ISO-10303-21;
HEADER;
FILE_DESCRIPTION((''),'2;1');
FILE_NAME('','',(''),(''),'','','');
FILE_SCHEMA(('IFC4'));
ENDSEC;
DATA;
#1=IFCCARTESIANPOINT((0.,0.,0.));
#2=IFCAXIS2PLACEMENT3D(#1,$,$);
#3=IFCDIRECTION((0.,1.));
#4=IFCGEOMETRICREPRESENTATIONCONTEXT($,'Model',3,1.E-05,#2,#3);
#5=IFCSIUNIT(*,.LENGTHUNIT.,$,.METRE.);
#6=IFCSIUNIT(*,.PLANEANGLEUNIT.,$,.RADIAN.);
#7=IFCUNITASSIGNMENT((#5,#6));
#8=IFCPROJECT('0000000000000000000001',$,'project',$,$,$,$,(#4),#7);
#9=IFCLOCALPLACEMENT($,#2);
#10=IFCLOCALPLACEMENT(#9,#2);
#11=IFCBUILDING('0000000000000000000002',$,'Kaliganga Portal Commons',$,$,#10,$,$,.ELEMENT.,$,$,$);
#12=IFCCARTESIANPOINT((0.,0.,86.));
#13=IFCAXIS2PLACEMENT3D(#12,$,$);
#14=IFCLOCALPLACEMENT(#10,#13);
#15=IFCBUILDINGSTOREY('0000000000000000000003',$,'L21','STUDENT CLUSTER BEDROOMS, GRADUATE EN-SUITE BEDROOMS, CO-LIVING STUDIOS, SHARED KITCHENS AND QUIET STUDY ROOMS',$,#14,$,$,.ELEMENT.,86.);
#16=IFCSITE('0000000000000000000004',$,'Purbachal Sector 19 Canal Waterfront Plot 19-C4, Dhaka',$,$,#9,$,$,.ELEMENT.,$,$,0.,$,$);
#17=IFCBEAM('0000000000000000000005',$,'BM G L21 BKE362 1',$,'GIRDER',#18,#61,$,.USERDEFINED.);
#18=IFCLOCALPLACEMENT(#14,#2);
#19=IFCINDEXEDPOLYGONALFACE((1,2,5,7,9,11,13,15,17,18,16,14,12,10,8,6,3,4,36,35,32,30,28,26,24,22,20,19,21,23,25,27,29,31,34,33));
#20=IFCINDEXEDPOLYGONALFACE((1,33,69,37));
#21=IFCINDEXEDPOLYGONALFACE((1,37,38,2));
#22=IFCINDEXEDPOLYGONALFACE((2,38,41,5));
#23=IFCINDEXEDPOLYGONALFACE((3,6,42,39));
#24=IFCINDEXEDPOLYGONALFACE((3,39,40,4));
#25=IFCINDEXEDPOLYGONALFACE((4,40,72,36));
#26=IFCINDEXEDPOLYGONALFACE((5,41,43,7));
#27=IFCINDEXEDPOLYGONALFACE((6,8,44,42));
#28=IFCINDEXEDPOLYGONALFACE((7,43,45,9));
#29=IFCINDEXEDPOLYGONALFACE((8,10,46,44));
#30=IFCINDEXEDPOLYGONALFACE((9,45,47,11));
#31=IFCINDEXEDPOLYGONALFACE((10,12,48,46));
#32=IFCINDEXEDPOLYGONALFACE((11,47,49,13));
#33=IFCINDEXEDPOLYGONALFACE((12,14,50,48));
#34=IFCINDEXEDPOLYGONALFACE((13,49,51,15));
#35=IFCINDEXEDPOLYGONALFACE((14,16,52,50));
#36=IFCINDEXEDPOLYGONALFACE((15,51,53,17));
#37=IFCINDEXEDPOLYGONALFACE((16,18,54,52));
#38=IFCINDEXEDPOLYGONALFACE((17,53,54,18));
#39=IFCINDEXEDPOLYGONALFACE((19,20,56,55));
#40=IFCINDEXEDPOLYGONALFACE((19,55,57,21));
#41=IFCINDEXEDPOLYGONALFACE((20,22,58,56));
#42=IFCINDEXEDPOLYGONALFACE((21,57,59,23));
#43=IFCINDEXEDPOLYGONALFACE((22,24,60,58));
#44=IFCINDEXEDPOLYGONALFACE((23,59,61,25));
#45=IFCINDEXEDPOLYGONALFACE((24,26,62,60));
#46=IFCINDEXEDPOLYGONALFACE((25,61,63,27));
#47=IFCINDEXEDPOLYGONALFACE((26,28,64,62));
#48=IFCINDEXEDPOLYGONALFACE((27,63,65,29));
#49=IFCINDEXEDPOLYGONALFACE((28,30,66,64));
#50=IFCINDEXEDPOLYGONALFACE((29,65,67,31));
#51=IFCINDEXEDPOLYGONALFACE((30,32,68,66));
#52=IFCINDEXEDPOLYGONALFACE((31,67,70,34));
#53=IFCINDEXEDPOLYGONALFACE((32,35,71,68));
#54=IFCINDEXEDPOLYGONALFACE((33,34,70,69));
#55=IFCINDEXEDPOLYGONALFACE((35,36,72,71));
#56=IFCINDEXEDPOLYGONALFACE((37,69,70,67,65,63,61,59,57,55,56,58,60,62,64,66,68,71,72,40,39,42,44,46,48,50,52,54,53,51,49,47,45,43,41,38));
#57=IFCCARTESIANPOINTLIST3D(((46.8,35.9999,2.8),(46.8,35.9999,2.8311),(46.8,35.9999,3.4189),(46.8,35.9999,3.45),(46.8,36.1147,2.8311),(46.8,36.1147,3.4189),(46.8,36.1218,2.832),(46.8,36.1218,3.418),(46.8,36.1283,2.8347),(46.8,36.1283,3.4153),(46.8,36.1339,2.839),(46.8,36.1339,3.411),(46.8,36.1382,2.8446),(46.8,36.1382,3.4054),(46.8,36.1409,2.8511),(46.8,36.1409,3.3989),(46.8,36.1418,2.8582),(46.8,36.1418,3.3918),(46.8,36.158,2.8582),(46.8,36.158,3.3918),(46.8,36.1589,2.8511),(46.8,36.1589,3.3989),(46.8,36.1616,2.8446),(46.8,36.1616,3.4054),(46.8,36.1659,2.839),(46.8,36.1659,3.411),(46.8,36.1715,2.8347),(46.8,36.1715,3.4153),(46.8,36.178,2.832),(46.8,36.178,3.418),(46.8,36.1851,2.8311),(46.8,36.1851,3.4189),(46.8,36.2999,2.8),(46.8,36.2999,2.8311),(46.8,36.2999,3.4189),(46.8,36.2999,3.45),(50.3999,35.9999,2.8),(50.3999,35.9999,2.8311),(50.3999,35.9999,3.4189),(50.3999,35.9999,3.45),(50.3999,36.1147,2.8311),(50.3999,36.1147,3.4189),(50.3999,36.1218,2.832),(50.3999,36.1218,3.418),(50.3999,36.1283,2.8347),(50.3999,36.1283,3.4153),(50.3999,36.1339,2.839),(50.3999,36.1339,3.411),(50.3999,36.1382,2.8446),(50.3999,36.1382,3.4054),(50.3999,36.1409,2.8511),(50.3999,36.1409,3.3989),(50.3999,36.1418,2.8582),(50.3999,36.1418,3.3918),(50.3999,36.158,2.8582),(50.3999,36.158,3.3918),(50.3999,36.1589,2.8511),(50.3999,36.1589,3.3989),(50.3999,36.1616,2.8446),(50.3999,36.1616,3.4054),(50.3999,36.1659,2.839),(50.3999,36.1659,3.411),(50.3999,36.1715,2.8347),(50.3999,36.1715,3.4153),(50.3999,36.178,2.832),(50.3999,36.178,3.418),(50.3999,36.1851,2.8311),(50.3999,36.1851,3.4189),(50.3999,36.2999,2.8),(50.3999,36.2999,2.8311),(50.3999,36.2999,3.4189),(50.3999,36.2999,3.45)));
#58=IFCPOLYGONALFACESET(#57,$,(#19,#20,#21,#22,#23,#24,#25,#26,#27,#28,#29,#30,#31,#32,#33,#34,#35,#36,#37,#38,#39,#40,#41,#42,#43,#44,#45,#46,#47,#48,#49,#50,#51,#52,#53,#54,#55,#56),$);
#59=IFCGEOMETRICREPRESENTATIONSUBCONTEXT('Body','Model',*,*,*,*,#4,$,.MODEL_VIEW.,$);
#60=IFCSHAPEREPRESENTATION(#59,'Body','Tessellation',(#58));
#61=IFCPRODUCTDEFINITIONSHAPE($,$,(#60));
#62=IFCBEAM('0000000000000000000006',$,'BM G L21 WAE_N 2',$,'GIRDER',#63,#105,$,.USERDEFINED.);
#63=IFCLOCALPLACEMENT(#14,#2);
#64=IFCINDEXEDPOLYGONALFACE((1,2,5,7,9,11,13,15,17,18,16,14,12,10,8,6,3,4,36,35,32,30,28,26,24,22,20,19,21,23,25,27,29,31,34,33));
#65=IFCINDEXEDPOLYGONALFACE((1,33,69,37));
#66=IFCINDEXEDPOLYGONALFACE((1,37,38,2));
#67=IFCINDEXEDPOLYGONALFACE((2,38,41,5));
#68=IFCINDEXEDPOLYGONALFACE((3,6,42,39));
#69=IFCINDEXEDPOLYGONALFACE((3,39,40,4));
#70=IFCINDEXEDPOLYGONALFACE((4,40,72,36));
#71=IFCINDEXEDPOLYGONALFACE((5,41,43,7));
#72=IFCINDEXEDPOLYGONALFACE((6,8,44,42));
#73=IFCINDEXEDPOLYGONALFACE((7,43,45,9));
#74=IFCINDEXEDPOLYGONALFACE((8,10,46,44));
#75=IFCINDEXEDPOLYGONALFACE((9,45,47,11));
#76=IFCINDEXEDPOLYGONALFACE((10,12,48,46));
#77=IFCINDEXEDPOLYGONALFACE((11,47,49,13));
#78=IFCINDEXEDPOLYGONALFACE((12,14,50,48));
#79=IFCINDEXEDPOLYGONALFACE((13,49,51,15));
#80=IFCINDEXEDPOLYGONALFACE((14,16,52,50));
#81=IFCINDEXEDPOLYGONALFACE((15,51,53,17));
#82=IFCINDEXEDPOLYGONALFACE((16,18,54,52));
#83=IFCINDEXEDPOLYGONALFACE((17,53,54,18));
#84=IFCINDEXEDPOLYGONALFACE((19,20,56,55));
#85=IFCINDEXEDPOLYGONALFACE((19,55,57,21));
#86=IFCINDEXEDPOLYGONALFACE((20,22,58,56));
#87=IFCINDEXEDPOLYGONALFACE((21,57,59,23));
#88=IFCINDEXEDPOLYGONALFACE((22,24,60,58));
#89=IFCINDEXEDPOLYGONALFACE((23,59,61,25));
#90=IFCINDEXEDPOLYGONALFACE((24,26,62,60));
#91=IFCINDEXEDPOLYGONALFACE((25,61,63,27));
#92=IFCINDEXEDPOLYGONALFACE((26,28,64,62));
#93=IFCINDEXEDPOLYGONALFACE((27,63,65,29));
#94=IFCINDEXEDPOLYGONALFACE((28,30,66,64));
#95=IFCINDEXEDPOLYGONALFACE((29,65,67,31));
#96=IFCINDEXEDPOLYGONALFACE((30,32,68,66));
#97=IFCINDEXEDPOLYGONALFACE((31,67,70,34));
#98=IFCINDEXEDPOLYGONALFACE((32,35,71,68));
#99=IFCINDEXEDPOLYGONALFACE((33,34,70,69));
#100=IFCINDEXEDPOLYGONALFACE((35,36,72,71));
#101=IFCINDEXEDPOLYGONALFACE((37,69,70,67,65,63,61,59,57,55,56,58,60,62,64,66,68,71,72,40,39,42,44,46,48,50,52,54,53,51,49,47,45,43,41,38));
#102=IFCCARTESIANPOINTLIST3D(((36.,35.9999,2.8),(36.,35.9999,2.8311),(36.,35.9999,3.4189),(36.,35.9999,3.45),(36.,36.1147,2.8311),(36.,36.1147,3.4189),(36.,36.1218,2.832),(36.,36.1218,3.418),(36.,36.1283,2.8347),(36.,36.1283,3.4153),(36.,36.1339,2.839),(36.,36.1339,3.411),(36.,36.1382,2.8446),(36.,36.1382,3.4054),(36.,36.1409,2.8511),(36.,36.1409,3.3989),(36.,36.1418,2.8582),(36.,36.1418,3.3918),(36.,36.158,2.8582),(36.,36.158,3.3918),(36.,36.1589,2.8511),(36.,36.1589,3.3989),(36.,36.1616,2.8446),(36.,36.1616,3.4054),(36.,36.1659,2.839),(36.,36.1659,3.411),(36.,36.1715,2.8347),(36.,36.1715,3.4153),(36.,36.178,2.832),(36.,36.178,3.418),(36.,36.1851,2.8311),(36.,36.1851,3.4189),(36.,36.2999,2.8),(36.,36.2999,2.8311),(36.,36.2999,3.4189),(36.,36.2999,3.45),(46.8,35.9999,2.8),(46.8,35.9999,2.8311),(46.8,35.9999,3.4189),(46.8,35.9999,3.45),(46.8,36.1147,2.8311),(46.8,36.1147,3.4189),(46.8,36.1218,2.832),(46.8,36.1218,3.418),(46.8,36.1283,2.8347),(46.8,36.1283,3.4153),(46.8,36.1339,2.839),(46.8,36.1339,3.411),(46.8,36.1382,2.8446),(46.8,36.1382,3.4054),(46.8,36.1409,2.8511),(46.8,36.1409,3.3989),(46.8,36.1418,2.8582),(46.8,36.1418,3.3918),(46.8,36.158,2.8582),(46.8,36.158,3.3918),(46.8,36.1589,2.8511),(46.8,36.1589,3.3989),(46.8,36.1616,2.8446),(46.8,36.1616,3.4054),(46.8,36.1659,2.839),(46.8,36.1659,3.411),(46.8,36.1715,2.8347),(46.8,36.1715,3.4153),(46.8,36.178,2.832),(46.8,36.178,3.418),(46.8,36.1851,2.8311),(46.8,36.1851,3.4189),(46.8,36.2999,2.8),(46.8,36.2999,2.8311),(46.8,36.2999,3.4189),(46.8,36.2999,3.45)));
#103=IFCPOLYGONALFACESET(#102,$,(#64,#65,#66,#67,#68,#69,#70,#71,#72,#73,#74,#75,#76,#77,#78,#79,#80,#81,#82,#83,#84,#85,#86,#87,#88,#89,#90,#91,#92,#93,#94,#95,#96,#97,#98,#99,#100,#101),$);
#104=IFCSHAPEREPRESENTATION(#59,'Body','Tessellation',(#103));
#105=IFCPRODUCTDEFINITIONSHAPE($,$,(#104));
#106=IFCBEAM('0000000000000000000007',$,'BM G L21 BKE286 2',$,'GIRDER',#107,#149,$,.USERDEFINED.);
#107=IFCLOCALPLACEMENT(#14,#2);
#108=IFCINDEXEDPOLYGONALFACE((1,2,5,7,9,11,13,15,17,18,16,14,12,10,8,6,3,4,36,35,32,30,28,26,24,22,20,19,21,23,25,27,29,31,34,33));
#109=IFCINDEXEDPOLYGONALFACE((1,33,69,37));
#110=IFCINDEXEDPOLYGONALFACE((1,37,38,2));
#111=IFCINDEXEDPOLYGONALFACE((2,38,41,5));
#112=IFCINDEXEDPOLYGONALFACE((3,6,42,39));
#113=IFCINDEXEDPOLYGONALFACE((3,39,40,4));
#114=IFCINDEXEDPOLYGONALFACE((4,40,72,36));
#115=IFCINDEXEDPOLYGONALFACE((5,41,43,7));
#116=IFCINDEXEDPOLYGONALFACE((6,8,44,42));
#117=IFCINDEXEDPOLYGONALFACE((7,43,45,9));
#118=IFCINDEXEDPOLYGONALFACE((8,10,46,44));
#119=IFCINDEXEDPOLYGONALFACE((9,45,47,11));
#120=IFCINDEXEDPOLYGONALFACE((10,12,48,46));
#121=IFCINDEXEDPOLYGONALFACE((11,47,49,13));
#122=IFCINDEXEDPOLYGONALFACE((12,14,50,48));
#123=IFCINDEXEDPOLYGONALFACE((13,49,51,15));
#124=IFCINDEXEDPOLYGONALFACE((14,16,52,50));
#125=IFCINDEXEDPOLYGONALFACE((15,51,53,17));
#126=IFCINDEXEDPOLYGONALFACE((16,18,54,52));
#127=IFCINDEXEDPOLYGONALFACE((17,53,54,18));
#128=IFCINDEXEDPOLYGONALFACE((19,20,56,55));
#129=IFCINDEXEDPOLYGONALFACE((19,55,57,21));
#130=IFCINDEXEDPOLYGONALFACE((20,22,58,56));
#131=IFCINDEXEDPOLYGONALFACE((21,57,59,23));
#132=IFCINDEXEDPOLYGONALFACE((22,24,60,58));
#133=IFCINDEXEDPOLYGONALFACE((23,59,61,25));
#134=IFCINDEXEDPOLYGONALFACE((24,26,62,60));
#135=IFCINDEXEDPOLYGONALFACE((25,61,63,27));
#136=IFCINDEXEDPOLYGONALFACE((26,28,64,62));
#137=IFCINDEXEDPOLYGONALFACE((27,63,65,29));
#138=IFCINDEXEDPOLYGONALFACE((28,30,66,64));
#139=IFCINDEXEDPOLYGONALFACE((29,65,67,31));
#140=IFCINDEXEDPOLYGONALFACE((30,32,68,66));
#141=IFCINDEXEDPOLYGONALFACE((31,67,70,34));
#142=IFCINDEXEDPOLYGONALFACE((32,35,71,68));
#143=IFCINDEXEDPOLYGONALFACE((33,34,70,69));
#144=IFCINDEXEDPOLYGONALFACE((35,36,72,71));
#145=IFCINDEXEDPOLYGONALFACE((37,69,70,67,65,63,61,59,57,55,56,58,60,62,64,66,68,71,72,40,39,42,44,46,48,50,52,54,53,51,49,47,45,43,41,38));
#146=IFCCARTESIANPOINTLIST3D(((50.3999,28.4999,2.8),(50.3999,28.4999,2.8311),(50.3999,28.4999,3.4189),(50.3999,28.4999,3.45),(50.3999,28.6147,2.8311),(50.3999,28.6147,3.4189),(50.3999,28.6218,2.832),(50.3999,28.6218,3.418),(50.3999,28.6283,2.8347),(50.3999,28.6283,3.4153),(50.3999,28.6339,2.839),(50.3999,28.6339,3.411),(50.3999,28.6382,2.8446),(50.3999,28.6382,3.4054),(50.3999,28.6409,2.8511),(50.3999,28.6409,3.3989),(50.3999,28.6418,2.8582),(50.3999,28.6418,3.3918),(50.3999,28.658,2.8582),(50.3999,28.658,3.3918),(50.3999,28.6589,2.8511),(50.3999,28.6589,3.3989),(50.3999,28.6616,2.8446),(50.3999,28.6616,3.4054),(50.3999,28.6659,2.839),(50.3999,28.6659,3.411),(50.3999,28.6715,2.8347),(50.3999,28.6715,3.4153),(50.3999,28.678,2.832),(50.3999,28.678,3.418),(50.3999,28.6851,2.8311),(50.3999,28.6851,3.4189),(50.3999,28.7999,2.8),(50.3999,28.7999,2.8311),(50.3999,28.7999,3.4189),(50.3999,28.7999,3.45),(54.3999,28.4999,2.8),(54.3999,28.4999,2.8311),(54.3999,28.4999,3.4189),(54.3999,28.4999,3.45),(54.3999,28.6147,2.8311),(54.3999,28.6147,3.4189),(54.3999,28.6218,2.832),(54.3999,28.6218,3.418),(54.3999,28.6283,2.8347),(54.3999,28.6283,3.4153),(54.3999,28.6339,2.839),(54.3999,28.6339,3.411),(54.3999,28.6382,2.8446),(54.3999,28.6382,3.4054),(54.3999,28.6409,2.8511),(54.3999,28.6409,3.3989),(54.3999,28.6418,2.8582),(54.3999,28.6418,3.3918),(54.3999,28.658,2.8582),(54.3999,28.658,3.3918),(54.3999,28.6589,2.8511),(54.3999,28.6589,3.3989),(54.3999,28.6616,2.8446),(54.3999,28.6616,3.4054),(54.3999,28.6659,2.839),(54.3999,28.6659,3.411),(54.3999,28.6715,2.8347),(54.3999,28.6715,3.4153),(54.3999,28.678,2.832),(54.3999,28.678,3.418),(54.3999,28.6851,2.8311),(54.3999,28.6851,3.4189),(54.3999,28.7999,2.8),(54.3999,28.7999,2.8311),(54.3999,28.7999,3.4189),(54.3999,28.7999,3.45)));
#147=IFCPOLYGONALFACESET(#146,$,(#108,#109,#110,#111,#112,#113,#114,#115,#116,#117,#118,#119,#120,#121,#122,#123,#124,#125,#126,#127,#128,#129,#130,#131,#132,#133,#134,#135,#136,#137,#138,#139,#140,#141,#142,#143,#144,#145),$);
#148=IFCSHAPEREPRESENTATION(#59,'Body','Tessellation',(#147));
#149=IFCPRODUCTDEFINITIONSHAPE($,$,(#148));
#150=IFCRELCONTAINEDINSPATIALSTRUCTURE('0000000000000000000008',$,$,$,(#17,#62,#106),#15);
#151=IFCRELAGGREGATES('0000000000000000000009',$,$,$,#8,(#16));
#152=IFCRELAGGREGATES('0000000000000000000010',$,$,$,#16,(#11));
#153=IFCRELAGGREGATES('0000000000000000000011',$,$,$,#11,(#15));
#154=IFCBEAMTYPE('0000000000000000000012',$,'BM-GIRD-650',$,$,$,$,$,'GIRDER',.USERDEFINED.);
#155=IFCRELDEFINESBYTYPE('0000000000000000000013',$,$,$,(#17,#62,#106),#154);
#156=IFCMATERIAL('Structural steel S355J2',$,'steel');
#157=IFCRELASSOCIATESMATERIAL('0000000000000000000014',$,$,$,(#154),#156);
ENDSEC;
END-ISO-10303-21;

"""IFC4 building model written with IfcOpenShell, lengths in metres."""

from ifc_helpers import new_model, si_unit, direction, frame, origin, origin_2d, place, context, subcontext, project, spatial, i_section, extrude, source, transform, mapped, material, material_profile, profile_set, type_object, element, save


model = new_model("IFC4")

# Units and contexts
model_context = context("Model", 3, precision=1e-05, world=origin(), true_north=direction((0.0, 1.0)))
body_context = subcontext(model_context, "Body", "Model", "MODEL_VIEW")
ifc_project = project(units=[si_unit("LENGTHUNIT", "METRE"), si_unit("PLANEANGLEUNIT", "RADIAN")], contexts=[model_context])

# Site, building, storey
site_placement = place(None, origin())
site = spatial("IfcSite", under=ifc_project, at=site_placement, Name="Purbachal Sector 19 Canal Waterfront Plot 19-C4, Dhaka", CompositionType="ELEMENT", RefElevation=0.0)
building_placement = place(site_placement, origin())
building = spatial("IfcBuilding", under=site, at=building_placement, Name="Kaliganga Portal Commons", CompositionType="ELEMENT")
storey_placement = place(building_placement, frame((0.0, 0.0, 86.0)))
storey = spatial("IfcBuildingStorey", under=building, at=storey_placement, Name="L21", Description="STUDENT CLUSTER BEDROOMS, GRADUATE EN-SUITE BEDROOMS, CO-LIVING STUDIOS, SHARED KITCHENS AND QUIET STUDY ROOMS", CompositionType="ELEMENT", Elevation=86.0)

# Beams
ifc_material_1 = material(Name="Structural steel S355J2", Category="steel")
ifc_material_profile_1 = material_profile(ifc_material_1, i_section(OverallWidth=0.3, OverallDepth=0.6499, WebThickness=0.0161, FlangeThickness=0.031, FilletRadius=0.0271, at=origin_2d()), Name="HE 650 B")
ifc_profile_set_1 = profile_set([ifc_material_profile_1], Name="Structural steel S355J2 wide-flange")
beam_type_1 = type_object("IfcBeamType", Name="BM-GIRD-650", ElementType="GIRDER", PredefinedType="USERDEFINED", material=ifc_profile_set_1)
shared_shape_1 = source(origin(), body_context, "Body", "SweptSolid", [
    extrude(i_section(OverallWidth=0.3, OverallDepth=0.6499, WebThickness=0.0161, FlangeThickness=0.031, FilletRadius=0.0271, at=origin_2d()), origin(), (0.0, 0.0, 1.0), 3.5999),
])
for number, where, z_axis, x_axis, name in (
    (1, (46.8, 36.1499, 3.125), (1.0, 0.0, 0.0), (0.0, 1.0, 0.0), "BM G L21 BKE362 1"),
):
    element("IfcBeam", number, at=place(storey_placement, frame(where, z_axis=z_axis, x_axis=x_axis)), inside=storey, type_object=beam_type_1, Name=name, ObjectType="GIRDER", PredefinedType="USERDEFINED", context=body_context, shape_type="MappedRepresentation", body=[
        mapped(shared_shape_1, transform((0.0, 0.0, 0.0), x_axis=(1.0, 0.0, 0.0), y_axis=(0.0, 1.0, 0.0), z_axis=(0.0, 0.0, 1.0), scale=1.0)),
    ])
shared_shape_2 = source(origin(), body_context, "Body", "SweptSolid", [
    extrude(i_section(OverallWidth=0.3, OverallDepth=0.6499, WebThickness=0.0161, FlangeThickness=0.031, FilletRadius=0.0271, at=origin_2d()), origin(), (0.0, 0.0, 1.0), 10.8),
])
beam_1_placement = place(storey_placement, frame((36.0, 36.1499, 3.125), z_axis=(1.0, 0.0, 0.0), x_axis=(0.0, 1.0, 0.0)))
element("IfcBeam", 2, at=beam_1_placement, inside=storey, type_object=beam_type_1, Name="BM G L21 WAE_N 2", ObjectType="GIRDER", PredefinedType="USERDEFINED", context=body_context, shape_type="MappedRepresentation", body=[
    mapped(shared_shape_2, transform((0.0, 0.0, 0.0), x_axis=(1.0, 0.0, 0.0), y_axis=(0.0, 1.0, 0.0), z_axis=(0.0, 0.0, 1.0), scale=1.0)),
])
shared_shape_3 = source(origin(), body_context, "Body", "SweptSolid", [
    extrude(i_section(OverallWidth=0.3, OverallDepth=0.6499, WebThickness=0.0161, FlangeThickness=0.031, FilletRadius=0.0271, at=origin_2d()), origin(), (0.0, 0.0, 1.0), 4.0),
])
beam_2_placement = place(storey_placement, frame((50.3999, 28.6499, 3.125), z_axis=(1.0, 0.0, 0.0), x_axis=(0.0, 1.0, 0.0)))
element("IfcBeam", 3, at=beam_2_placement, inside=storey, type_object=beam_type_1, Name="BM G L21 BKE286 2", ObjectType="GIRDER", PredefinedType="USERDEFINED", context=body_context, shape_type="MappedRepresentation", body=[
    mapped(shared_shape_3, transform((0.0, 0.0, 0.0), x_axis=(1.0, 0.0, 0.0), y_axis=(0.0, 1.0, 0.0), z_axis=(0.0, 0.0, 1.0), scale=1.0)),
])

save(model, "model.ifc")
